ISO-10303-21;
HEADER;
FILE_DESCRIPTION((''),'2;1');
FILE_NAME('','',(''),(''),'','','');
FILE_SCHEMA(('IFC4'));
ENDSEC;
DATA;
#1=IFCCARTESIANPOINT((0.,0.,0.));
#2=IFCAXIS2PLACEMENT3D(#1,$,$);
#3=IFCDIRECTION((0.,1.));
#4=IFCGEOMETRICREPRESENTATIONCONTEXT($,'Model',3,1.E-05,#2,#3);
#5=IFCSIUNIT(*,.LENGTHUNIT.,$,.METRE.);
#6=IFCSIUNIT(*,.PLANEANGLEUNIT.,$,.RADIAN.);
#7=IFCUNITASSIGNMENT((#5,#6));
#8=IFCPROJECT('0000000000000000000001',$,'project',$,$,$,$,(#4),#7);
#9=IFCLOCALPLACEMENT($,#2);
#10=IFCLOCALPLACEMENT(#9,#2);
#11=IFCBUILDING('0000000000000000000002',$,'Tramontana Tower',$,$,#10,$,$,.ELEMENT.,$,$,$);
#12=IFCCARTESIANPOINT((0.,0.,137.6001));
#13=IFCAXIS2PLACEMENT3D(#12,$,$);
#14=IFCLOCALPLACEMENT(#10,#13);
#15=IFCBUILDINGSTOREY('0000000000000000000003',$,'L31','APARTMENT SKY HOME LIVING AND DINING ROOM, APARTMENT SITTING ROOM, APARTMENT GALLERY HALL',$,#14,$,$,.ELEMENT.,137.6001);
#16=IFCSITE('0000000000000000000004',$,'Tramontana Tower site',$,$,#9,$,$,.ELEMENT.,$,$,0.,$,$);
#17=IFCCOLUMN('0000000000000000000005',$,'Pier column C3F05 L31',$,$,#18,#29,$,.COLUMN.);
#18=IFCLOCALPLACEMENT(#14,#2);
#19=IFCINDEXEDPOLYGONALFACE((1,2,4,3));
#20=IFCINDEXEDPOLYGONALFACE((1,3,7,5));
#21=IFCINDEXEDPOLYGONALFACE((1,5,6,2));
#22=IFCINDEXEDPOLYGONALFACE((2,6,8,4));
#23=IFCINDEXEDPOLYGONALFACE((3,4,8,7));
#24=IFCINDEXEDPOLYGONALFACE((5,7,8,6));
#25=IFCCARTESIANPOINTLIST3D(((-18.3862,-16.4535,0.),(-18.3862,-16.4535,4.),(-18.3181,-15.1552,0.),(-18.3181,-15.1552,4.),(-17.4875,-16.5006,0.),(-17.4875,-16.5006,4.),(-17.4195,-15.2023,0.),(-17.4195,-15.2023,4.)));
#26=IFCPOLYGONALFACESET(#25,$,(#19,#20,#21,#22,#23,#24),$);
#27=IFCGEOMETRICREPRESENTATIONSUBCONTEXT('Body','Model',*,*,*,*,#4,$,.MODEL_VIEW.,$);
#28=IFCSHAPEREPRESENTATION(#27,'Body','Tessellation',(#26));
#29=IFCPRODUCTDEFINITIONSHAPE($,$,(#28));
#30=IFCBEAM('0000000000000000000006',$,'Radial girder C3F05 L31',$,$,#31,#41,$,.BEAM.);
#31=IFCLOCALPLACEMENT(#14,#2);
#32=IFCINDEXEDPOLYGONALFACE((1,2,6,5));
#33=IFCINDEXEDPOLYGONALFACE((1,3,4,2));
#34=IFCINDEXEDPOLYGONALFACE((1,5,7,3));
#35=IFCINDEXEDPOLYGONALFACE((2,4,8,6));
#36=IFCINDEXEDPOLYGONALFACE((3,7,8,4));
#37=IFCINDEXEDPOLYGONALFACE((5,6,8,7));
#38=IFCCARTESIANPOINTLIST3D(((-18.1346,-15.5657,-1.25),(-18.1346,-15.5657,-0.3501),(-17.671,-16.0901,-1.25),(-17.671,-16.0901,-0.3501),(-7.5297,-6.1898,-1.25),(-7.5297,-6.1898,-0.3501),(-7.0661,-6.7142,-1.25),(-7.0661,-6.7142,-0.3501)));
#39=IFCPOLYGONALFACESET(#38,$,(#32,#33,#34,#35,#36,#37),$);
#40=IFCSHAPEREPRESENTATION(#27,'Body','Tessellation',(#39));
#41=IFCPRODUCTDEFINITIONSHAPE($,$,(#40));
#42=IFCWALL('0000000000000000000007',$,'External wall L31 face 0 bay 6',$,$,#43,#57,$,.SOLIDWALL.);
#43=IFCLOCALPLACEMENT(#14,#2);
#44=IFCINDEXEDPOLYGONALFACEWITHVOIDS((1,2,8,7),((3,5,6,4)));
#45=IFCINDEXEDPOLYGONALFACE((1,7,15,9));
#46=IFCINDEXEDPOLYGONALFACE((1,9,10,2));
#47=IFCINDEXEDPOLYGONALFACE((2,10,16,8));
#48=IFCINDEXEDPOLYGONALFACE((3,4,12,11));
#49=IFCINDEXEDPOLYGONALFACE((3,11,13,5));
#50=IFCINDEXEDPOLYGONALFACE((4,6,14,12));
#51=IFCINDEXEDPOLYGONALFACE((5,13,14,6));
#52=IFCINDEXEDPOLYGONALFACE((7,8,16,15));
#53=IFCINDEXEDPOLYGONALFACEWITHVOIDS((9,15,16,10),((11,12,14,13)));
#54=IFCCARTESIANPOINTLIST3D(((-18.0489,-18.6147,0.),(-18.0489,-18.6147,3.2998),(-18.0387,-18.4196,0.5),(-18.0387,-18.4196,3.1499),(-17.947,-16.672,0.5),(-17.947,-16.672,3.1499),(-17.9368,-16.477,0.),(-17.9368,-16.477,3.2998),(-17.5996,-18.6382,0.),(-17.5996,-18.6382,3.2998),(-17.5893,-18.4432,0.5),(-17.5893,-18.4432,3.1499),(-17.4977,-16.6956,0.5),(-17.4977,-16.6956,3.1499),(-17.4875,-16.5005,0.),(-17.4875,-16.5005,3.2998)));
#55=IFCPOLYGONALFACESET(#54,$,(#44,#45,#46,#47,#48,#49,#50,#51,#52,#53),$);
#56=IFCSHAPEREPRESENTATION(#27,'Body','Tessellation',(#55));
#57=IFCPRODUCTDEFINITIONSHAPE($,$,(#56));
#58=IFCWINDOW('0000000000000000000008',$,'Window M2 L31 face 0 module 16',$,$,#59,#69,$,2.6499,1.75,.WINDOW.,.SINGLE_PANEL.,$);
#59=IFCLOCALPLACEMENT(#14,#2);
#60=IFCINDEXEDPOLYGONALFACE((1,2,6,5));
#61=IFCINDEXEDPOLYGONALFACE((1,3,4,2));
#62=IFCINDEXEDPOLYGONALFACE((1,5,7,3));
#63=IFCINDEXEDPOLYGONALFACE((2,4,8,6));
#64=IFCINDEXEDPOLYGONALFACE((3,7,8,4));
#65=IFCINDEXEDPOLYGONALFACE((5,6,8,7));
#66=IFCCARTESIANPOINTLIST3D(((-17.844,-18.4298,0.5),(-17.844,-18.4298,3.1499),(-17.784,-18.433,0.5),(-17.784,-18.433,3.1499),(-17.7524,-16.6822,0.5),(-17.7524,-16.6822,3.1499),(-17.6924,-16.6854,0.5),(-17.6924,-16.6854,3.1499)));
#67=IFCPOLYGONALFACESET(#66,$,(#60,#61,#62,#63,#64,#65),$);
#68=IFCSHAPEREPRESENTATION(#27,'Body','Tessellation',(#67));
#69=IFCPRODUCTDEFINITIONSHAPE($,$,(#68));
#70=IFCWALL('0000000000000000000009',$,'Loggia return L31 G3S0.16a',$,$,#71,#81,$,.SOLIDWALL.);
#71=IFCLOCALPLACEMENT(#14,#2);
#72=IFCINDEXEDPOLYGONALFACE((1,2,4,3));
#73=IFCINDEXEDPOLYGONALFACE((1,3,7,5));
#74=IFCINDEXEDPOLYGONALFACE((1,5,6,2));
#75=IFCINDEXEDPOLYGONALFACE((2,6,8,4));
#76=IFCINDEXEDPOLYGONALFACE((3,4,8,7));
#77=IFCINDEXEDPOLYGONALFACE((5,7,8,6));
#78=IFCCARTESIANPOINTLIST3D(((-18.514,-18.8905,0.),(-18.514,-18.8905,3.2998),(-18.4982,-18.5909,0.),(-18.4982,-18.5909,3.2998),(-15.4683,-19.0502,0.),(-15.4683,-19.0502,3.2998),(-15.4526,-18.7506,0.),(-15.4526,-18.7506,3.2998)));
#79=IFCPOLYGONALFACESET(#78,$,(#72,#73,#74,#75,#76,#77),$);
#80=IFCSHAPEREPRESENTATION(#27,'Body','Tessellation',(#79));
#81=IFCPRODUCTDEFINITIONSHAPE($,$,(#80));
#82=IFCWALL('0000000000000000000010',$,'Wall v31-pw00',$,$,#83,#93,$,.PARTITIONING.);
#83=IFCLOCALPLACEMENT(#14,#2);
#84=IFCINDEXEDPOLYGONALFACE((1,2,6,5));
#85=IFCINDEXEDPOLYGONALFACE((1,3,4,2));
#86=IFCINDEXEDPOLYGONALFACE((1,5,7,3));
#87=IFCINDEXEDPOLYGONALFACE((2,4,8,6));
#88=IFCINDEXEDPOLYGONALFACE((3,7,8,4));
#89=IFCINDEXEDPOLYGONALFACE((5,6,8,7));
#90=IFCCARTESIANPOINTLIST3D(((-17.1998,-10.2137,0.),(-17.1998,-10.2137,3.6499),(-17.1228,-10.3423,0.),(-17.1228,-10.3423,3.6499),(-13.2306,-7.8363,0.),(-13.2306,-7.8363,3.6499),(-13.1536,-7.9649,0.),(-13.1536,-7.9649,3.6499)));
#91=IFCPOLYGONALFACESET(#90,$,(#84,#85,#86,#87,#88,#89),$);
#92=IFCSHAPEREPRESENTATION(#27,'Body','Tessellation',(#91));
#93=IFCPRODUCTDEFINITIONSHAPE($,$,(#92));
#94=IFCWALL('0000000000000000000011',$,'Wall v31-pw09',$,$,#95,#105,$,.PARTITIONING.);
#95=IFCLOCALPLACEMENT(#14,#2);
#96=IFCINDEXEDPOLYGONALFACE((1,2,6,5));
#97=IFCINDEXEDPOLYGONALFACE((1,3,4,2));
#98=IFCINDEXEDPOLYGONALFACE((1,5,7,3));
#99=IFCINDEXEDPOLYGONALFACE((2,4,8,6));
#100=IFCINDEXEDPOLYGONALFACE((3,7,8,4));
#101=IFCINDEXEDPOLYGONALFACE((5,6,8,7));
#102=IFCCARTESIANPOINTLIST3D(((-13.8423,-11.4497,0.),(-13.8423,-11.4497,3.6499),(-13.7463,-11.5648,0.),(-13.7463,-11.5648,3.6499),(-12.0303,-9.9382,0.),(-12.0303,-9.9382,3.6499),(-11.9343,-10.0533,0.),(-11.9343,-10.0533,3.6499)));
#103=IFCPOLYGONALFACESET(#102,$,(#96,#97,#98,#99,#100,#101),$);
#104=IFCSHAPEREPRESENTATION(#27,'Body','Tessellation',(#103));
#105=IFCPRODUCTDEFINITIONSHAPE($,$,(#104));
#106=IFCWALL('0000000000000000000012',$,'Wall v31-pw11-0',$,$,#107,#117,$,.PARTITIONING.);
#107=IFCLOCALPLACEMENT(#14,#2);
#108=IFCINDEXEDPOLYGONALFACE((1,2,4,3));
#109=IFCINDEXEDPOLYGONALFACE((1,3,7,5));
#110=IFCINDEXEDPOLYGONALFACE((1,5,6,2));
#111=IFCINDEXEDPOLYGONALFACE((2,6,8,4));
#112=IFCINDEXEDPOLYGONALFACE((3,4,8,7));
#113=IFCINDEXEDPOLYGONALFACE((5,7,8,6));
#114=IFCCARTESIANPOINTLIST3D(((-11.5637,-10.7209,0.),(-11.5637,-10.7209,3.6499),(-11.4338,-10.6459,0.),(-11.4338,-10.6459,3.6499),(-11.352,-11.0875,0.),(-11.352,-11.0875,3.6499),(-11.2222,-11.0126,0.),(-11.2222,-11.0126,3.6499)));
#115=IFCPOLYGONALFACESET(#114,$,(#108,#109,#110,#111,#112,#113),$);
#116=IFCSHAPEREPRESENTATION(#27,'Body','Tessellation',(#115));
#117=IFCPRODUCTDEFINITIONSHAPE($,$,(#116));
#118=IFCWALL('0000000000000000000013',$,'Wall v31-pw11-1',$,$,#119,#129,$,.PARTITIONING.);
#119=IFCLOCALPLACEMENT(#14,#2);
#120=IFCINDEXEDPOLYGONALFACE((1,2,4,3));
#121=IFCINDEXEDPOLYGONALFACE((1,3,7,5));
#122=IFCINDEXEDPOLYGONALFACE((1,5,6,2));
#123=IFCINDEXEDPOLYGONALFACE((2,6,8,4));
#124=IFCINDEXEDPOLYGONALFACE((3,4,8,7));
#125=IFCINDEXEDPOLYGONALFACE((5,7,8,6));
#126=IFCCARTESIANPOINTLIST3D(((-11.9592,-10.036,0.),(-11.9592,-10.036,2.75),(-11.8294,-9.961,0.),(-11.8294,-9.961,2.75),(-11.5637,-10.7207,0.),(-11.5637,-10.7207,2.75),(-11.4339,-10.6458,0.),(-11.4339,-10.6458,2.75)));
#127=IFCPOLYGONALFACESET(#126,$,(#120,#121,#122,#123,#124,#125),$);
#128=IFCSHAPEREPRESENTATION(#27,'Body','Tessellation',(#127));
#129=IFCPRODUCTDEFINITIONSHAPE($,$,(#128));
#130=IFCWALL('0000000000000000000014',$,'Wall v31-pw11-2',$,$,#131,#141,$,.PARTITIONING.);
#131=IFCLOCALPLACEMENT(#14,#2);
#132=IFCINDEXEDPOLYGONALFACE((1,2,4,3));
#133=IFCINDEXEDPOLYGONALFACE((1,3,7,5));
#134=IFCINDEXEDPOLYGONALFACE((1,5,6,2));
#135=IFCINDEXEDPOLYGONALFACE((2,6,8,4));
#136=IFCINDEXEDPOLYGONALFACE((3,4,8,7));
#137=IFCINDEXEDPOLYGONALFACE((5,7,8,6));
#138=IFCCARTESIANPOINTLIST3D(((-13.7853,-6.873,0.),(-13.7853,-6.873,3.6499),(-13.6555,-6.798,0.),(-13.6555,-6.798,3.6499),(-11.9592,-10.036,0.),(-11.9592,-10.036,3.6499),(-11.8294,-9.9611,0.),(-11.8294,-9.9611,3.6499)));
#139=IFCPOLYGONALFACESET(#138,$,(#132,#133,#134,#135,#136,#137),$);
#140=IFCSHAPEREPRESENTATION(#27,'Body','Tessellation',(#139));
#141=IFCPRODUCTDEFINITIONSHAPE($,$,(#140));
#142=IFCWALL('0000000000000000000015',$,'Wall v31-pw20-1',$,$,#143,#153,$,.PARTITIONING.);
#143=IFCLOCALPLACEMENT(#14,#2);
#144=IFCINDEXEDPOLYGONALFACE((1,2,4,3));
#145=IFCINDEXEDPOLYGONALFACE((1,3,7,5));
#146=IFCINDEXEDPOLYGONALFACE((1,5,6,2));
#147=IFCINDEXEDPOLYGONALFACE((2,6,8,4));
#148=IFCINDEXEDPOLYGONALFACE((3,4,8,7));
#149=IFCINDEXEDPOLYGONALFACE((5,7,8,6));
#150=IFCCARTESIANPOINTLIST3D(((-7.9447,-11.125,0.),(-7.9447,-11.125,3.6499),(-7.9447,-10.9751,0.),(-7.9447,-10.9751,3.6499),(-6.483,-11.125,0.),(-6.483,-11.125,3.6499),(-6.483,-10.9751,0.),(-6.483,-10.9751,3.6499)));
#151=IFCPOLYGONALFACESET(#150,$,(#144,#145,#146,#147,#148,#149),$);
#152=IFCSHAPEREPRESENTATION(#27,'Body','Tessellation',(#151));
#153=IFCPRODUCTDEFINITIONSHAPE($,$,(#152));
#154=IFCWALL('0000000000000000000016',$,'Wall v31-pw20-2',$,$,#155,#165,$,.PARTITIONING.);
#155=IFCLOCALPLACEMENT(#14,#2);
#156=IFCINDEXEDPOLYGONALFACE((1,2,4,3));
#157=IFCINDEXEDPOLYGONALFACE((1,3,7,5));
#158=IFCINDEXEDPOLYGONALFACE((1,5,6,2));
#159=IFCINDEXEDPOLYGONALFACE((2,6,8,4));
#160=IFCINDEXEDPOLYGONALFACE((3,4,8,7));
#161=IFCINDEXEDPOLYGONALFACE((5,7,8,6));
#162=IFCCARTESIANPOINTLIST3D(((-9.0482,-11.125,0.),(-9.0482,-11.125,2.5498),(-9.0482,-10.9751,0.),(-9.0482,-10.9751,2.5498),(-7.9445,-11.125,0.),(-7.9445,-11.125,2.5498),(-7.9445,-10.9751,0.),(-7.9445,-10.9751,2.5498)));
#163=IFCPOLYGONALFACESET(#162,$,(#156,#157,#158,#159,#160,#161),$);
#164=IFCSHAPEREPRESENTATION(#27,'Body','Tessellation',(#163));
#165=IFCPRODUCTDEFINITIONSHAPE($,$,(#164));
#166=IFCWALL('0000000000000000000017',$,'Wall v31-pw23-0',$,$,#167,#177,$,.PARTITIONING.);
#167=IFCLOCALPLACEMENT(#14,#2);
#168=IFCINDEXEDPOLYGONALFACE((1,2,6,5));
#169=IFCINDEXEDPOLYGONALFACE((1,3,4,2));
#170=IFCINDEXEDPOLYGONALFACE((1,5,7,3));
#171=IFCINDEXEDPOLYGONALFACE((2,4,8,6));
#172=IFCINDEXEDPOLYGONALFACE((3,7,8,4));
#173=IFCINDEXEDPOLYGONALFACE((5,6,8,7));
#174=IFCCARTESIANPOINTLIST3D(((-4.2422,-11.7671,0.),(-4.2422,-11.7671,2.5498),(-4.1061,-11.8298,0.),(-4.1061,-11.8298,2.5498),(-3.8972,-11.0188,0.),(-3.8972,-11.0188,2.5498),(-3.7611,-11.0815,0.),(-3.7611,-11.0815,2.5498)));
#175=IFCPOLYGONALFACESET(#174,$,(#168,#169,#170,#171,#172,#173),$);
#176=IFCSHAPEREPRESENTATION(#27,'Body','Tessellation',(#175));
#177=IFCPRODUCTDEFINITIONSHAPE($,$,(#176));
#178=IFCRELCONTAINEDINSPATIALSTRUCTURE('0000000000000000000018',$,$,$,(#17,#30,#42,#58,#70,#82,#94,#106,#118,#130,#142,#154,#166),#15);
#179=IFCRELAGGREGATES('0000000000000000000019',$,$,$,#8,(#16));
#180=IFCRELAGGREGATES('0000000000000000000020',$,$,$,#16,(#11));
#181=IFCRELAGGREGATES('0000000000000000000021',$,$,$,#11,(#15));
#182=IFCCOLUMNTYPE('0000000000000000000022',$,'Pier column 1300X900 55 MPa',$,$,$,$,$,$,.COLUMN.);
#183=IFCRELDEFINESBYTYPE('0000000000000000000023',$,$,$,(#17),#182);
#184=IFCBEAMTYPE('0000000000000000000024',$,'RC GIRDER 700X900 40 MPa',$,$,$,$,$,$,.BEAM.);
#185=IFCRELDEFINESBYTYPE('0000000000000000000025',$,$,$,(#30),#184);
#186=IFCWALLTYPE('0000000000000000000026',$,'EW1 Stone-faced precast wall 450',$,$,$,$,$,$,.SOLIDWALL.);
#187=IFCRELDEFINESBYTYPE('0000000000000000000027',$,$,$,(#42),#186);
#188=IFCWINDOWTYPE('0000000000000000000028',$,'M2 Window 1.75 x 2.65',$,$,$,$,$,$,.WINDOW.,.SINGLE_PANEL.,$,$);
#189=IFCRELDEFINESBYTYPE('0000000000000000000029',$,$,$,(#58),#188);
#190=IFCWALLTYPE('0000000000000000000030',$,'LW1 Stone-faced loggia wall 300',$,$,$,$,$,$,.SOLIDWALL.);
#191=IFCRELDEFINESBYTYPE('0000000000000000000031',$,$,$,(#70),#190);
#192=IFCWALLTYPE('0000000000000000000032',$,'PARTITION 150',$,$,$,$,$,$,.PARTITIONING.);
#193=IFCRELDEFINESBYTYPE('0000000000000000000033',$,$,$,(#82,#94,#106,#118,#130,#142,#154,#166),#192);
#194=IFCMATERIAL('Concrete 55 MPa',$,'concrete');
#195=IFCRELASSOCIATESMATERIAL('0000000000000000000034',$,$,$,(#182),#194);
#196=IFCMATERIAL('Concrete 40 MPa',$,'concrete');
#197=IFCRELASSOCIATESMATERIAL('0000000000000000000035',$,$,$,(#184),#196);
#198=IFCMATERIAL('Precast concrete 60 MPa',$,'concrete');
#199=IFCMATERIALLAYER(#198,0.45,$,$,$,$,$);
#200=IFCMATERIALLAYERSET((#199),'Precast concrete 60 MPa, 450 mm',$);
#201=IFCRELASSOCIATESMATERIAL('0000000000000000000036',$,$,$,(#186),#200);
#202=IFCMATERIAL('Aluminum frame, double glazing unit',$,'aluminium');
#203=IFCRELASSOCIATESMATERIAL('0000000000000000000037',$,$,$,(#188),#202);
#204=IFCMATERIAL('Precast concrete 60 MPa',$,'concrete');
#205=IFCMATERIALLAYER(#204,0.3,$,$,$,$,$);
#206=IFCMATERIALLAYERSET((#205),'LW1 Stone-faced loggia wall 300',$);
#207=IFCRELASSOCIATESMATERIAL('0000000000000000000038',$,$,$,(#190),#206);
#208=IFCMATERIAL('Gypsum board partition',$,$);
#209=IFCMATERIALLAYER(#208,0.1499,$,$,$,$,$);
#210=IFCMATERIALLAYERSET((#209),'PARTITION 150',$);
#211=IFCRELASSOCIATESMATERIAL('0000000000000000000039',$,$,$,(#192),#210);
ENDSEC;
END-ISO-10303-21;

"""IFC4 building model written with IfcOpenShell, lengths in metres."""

from ifc_helpers import new_model, si_unit, direction, frame, frame_2d, origin, origin_2d, place, context, subcontext, project, spatial, rectangle, extrude, material, layer, layer_set, material_profile, profile_set, type_object, element, fill, save


model = new_model("IFC4")

# Units and contexts
model_context = context("Model", 3, precision=1e-05, world=origin(), true_north=direction((0.0, 1.0)))
body_context = subcontext(model_context, "Body", "Model", "MODEL_VIEW")
ifc_project = project(units=[si_unit("LENGTHUNIT", "METRE"), si_unit("PLANEANGLEUNIT", "RADIAN")], contexts=[model_context])

# Site, building, storey
site_placement = place(None, origin())
site = spatial("IfcSite", under=ifc_project, at=site_placement, Name="Tramontana Tower site", CompositionType="ELEMENT", RefElevation=0.0)
building_placement = place(site_placement, origin())
building = spatial("IfcBuilding", under=site, at=building_placement, Name="Tramontana Tower", CompositionType="ELEMENT")
storey_placement = place(building_placement, frame((0.0, 0.0, 137.6001)))
storey = spatial("IfcBuildingStorey", under=building, at=storey_placement, Name="L31", Description="APARTMENT SKY HOME LIVING AND DINING ROOM, APARTMENT SITTING ROOM, APARTMENT GALLERY HALL", CompositionType="ELEMENT", Elevation=137.6001)

# Column
ifc_material_1 = material(Name="Concrete 55 MPa", Category="concrete")
ifc_material_profile_1 = material_profile(ifc_material_1, rectangle(XDim=1.3, YDim=0.8999, at=origin_2d()), Name="Pier column 1300X900 55 MPa")
ifc_profile_set_1 = profile_set([ifc_material_profile_1], Name="Concrete 55 MPa")
column_type = type_object("IfcColumnType", Name="Pier column 1300X900 55 MPa", PredefinedType="COLUMN", material=ifc_profile_set_1)
column_placement = place(storey_placement, frame((-17.9028, -15.8279, 0.0), z_axis=(0.0, 0.0, 1.0), x_axis=(-0.052336, -0.99863, 0.0)))
element("IfcColumn", 1, at=column_placement, inside=storey, type_object=column_type, Name="Pier column C3F05 L31", PredefinedType="COLUMN", context=body_context, shape_type="SweptSolid", body=[
    extrude(rectangle(XDim=1.3, YDim=0.8999, at=origin_2d()), origin(), (0.0, 0.0, 1.0), 4.0),
])

# Beam
ifc_material_2 = material(Name="Concrete 40 MPa", Category="concrete")
ifc_material_profile_2 = material_profile(ifc_material_2, rectangle(XDim=0.7, YDim=0.8999, at=origin_2d()), Name="RC GIRDER 700X900 40 MPa")
ifc_profile_set_2 = profile_set([ifc_material_profile_2], Name="Concrete 40 MPa")
beam_type = type_object("IfcBeamType", Name="RC GIRDER 700X900 40 MPa", PredefinedType="BEAM", material=ifc_profile_set_2)
beam_placement = place(storey_placement, frame((-17.9028, -15.8279, -0.8), z_axis=(0.749184, 0.662362, 0.0), x_axis=(-0.662362, 0.749184, 0.0)))
element("IfcBeam", 2, at=beam_placement, inside=storey, type_object=beam_type, Name="Radial girder C3F05 L31", PredefinedType="BEAM", context=body_context, shape_type="SweptSolid", body=[
    extrude(rectangle(XDim=0.7, YDim=0.8999, at=origin_2d()), origin(), (0.0, 0.0, 1.0), 14.1553),
])

# Wall, opening, window
ifc_material_3 = material(Name="Precast concrete 60 MPa", Category="concrete")
ifc_layer_1 = layer(ifc_material_3, 0.45)
ifc_layer_set_1 = layer_set([ifc_layer_1], Name="Precast concrete 60 MPa, 450 mm")
wall_type_1 = type_object("IfcWallType", Name="EW1 Stone-faced precast wall 450", PredefinedType="SOLIDWALL", material=ifc_layer_set_1)
wall_1_placement = place(storey_placement, frame((-17.7122, -16.4888, 0.0), z_axis=(0.0, 0.0, 1.0), x_axis=(-0.052349, -0.998629, 0.0)))
wall_1 = element("IfcWall", 3, at=wall_1_placement, inside=storey, type_object=wall_type_1, Name="External wall L31 face 0 bay 6", PredefinedType="SOLIDWALL", context=body_context, shape_type="SweptSolid", body=[
    extrude(rectangle(XDim=2.1406, YDim=0.45, at=frame_2d((1.0703, 0.0))), origin(), (0.0, 0.0, 1.0), 3.2998),
])
opening_1_placement = place(wall_1_placement, frame((0.1953, 0.0, 0.5)))
opening_1 = element("IfcOpeningElement", 4, at=opening_1_placement, cuts=wall_1, PredefinedType="OPENING", context=body_context, shape_type="SweptSolid", body=[
    extrude(rectangle(XDim=1.75, YDim=2.6499, at=frame_2d((0.875, 1.325))), frame((0.0, 0.2349, 0.0), z_axis=(0.0, -1.0, 0.0), x_axis=(1.0, 0.0, 0.0)), (0.0, 0.0, 1.0), 0.47),
])
ifc_material_4 = material(Name="Aluminum frame, double glazing unit", Category="aluminium")
window_type = type_object("IfcWindowType", Name="M2 Window 1.75 x 2.65", PartitioningType="SINGLE_PANEL", PredefinedType="WINDOW", material=ifc_material_4)
window_placement = place(opening_1_placement, origin())
window = element("IfcWindow", 5, at=window_placement, inside=storey, type_object=window_type, Name="Window M2 L31 face 0 module 16", OverallHeight=2.6499, OverallWidth=1.75, PartitioningType="SINGLE_PANEL", PredefinedType="WINDOW", context=body_context, shape_type="SweptSolid", body=[
    extrude(rectangle(XDim=1.75, YDim=2.6499, at=frame_2d((0.875, 1.325))), frame((0.0, 0.03, 0.0), z_axis=(0.0, -1.0, 0.0), x_axis=(1.0, 0.0, 0.0)), (0.0, 0.0, 1.0), 0.0601),
])
fill(opening_1, window)

# Walls
ifc_material_5 = material(Name="Precast concrete 60 MPa", Category="concrete")
ifc_layer_2 = layer(ifc_material_5, 0.3)
ifc_layer_set_2 = layer_set([ifc_layer_2], Name="LW1 Stone-faced loggia wall 300")
wall_type_2 = type_object("IfcWallType", Name="LW1 Stone-faced loggia wall 300", PredefinedType="SOLIDWALL", material=ifc_layer_set_2)
wall_2_placement = place(storey_placement, frame((-18.5061, -18.7407, 0.0), z_axis=(0.0, 0.0, 1.0), x_axis=(0.998629, -0.052353, 0.0)))
element("IfcWall", 6, at=wall_2_placement, inside=storey, type_object=wall_type_2, Name="Loggia return L31 G3S0.16a", PredefinedType="SOLIDWALL", context=body_context, shape_type="SweptSolid", body=[
    extrude(rectangle(XDim=3.0498, YDim=0.3, at=frame_2d((1.5249, 0.0))), origin(), (0.0, 0.0, 1.0), 3.2998),
])
ifc_material_6 = material(Name="Gypsum board partition")
ifc_layer_3 = layer(ifc_material_6, 0.1499)
ifc_layer_set_3 = layer_set([ifc_layer_3], Name="PARTITION 150")
wall_type_3 = type_object("IfcWallType", Name="PARTITION 150", PredefinedType="PARTITIONING", material=ifc_layer_set_3)
wall_3_placement = place(storey_placement, frame((-17.1614, -10.2781, 0.0), z_axis=(0.0, 0.0, 1.0), x_axis=(0.857884, 0.513844, 0.0)))
element("IfcWall", 7, at=wall_3_placement, inside=storey, type_object=wall_type_3, Name="Wall v31-pw00", PredefinedType="PARTITIONING", context=body_context, shape_type="SweptSolid", body=[
    extrude(rectangle(XDim=4.6267, YDim=0.1499, at=frame_2d((2.3135, 0.0))), origin(), (0.0, 0.0, 1.0), 3.6499),
])
wall_4_placement = place(storey_placement, frame((-11.9824, -9.9958, 0.0), z_axis=(0.0, 0.0, 1.0), x_axis=(-0.767916, -0.640551, 0.0)))
element("IfcWall", 8, at=wall_4_placement, inside=storey, type_object=wall_type_3, Name="Wall v31-pw09", PredefinedType="PARTITIONING", context=body_context, shape_type="SweptSolid", body=[
    extrude(rectangle(XDim=2.3596, YDim=0.1499, at=frame_2d((1.1797, 0.0))), origin(), (0.0, 0.0, 1.0), 3.6499),
])
wall_5_placement = place(storey_placement, frame((-11.2871, -11.05, 0.0), z_axis=(0.0, 0.0, 1.0), x_axis=(-0.499922, 0.86607, 0.0)))
element("IfcWall", 9, at=wall_5_placement, inside=storey, type_object=wall_type_3, Name="Wall v31-pw11-0", PredefinedType="PARTITIONING", context=body_context, shape_type="SweptSolid", body=[
    extrude(rectangle(XDim=0.4233, YDim=0.1499, at=frame_2d((0.2117, 0.0))), origin(), (0.0, 0.0, 1.0), 3.6499),
])
wall_6_placement = place(storey_placement, frame((-11.4988, -10.6833, 0.0), z_axis=(0.0, 0.0, 1.0), x_axis=(-0.500123, 0.865954, 0.0)))
element("IfcWall", 10, at=wall_6_placement, inside=storey, type_object=wall_type_3, Name="Wall v31-pw11-1", PredefinedType="PARTITIONING", context=body_context, shape_type="SweptSolid", body=[
    extrude(rectangle(XDim=0.7908, YDim=0.1499, at=frame_2d((0.3955, 0.0))), origin(), (0.0, 0.0, 1.0), 2.75),
])
wall_7_placement = place(storey_placement, frame((-11.8943, -9.9985, 0.0), z_axis=(0.0, 0.0, 1.0), x_axis=(-0.499992, 0.86603, 0.0)))
element("IfcWall", 11, at=wall_7_placement, inside=storey, type_object=wall_type_3, Name="Wall v31-pw11-2", PredefinedType="PARTITIONING", context=body_context, shape_type="SweptSolid", body=[
    extrude(rectangle(XDim=3.6523, YDim=0.1499, at=frame_2d((1.8262, 0.0))), origin(), (0.0, 0.0, 1.0), 3.6499),
])

# Walls
wall_8_placement = place(storey_placement, frame((-6.4829, -11.05, 0.0), z_axis=(0.0, 0.0, 1.0), x_axis=(-1.0, 0.0, 0.0)))
element("IfcWall", 12, at=wall_8_placement, inside=storey, type_object=wall_type_3, Name="Wall v31-pw20-1", PredefinedType="PARTITIONING", context=body_context, shape_type="SweptSolid", body=[
    extrude(rectangle(XDim=1.4617, YDim=0.1499, at=frame_2d((0.731, 0.0))), origin(), (0.0, 0.0, 1.0), 3.6499),
])
wall_9_placement = place(storey_placement, frame((-7.9446, -11.05, 0.0), z_axis=(0.0, 0.0, 1.0), x_axis=(-1.0, 0.0, 0.0)))
element("IfcWall", 13, at=wall_9_placement, inside=storey, type_object=wall_type_3, Name="Wall v31-pw20-2", PredefinedType="PARTITIONING", context=body_context, shape_type="SweptSolid", body=[
    extrude(rectangle(XDim=1.1038, YDim=0.1499, at=frame_2d((0.5518, 0.0))), origin(), (0.0, 0.0, 1.0), 2.5498),
])

# Wall
wall_10_placement = place(storey_placement, frame((-3.8291, -11.05, 0.0), z_axis=(0.0, 0.0, 1.0), x_axis=(-0.418664, -0.908141, 0.0)))
element("IfcWall", 14, at=wall_10_placement, inside=storey, type_object=wall_type_3, Name="Wall v31-pw23-0", PredefinedType="PARTITIONING", context=body_context, shape_type="SweptSolid", body=[
    extrude(rectangle(XDim=0.824, YDim=0.1499, at=frame_2d((0.4121, 0.0))), origin(), (0.0, 0.0, 1.0), 2.5498),
])

save(model, "model.ifc")
